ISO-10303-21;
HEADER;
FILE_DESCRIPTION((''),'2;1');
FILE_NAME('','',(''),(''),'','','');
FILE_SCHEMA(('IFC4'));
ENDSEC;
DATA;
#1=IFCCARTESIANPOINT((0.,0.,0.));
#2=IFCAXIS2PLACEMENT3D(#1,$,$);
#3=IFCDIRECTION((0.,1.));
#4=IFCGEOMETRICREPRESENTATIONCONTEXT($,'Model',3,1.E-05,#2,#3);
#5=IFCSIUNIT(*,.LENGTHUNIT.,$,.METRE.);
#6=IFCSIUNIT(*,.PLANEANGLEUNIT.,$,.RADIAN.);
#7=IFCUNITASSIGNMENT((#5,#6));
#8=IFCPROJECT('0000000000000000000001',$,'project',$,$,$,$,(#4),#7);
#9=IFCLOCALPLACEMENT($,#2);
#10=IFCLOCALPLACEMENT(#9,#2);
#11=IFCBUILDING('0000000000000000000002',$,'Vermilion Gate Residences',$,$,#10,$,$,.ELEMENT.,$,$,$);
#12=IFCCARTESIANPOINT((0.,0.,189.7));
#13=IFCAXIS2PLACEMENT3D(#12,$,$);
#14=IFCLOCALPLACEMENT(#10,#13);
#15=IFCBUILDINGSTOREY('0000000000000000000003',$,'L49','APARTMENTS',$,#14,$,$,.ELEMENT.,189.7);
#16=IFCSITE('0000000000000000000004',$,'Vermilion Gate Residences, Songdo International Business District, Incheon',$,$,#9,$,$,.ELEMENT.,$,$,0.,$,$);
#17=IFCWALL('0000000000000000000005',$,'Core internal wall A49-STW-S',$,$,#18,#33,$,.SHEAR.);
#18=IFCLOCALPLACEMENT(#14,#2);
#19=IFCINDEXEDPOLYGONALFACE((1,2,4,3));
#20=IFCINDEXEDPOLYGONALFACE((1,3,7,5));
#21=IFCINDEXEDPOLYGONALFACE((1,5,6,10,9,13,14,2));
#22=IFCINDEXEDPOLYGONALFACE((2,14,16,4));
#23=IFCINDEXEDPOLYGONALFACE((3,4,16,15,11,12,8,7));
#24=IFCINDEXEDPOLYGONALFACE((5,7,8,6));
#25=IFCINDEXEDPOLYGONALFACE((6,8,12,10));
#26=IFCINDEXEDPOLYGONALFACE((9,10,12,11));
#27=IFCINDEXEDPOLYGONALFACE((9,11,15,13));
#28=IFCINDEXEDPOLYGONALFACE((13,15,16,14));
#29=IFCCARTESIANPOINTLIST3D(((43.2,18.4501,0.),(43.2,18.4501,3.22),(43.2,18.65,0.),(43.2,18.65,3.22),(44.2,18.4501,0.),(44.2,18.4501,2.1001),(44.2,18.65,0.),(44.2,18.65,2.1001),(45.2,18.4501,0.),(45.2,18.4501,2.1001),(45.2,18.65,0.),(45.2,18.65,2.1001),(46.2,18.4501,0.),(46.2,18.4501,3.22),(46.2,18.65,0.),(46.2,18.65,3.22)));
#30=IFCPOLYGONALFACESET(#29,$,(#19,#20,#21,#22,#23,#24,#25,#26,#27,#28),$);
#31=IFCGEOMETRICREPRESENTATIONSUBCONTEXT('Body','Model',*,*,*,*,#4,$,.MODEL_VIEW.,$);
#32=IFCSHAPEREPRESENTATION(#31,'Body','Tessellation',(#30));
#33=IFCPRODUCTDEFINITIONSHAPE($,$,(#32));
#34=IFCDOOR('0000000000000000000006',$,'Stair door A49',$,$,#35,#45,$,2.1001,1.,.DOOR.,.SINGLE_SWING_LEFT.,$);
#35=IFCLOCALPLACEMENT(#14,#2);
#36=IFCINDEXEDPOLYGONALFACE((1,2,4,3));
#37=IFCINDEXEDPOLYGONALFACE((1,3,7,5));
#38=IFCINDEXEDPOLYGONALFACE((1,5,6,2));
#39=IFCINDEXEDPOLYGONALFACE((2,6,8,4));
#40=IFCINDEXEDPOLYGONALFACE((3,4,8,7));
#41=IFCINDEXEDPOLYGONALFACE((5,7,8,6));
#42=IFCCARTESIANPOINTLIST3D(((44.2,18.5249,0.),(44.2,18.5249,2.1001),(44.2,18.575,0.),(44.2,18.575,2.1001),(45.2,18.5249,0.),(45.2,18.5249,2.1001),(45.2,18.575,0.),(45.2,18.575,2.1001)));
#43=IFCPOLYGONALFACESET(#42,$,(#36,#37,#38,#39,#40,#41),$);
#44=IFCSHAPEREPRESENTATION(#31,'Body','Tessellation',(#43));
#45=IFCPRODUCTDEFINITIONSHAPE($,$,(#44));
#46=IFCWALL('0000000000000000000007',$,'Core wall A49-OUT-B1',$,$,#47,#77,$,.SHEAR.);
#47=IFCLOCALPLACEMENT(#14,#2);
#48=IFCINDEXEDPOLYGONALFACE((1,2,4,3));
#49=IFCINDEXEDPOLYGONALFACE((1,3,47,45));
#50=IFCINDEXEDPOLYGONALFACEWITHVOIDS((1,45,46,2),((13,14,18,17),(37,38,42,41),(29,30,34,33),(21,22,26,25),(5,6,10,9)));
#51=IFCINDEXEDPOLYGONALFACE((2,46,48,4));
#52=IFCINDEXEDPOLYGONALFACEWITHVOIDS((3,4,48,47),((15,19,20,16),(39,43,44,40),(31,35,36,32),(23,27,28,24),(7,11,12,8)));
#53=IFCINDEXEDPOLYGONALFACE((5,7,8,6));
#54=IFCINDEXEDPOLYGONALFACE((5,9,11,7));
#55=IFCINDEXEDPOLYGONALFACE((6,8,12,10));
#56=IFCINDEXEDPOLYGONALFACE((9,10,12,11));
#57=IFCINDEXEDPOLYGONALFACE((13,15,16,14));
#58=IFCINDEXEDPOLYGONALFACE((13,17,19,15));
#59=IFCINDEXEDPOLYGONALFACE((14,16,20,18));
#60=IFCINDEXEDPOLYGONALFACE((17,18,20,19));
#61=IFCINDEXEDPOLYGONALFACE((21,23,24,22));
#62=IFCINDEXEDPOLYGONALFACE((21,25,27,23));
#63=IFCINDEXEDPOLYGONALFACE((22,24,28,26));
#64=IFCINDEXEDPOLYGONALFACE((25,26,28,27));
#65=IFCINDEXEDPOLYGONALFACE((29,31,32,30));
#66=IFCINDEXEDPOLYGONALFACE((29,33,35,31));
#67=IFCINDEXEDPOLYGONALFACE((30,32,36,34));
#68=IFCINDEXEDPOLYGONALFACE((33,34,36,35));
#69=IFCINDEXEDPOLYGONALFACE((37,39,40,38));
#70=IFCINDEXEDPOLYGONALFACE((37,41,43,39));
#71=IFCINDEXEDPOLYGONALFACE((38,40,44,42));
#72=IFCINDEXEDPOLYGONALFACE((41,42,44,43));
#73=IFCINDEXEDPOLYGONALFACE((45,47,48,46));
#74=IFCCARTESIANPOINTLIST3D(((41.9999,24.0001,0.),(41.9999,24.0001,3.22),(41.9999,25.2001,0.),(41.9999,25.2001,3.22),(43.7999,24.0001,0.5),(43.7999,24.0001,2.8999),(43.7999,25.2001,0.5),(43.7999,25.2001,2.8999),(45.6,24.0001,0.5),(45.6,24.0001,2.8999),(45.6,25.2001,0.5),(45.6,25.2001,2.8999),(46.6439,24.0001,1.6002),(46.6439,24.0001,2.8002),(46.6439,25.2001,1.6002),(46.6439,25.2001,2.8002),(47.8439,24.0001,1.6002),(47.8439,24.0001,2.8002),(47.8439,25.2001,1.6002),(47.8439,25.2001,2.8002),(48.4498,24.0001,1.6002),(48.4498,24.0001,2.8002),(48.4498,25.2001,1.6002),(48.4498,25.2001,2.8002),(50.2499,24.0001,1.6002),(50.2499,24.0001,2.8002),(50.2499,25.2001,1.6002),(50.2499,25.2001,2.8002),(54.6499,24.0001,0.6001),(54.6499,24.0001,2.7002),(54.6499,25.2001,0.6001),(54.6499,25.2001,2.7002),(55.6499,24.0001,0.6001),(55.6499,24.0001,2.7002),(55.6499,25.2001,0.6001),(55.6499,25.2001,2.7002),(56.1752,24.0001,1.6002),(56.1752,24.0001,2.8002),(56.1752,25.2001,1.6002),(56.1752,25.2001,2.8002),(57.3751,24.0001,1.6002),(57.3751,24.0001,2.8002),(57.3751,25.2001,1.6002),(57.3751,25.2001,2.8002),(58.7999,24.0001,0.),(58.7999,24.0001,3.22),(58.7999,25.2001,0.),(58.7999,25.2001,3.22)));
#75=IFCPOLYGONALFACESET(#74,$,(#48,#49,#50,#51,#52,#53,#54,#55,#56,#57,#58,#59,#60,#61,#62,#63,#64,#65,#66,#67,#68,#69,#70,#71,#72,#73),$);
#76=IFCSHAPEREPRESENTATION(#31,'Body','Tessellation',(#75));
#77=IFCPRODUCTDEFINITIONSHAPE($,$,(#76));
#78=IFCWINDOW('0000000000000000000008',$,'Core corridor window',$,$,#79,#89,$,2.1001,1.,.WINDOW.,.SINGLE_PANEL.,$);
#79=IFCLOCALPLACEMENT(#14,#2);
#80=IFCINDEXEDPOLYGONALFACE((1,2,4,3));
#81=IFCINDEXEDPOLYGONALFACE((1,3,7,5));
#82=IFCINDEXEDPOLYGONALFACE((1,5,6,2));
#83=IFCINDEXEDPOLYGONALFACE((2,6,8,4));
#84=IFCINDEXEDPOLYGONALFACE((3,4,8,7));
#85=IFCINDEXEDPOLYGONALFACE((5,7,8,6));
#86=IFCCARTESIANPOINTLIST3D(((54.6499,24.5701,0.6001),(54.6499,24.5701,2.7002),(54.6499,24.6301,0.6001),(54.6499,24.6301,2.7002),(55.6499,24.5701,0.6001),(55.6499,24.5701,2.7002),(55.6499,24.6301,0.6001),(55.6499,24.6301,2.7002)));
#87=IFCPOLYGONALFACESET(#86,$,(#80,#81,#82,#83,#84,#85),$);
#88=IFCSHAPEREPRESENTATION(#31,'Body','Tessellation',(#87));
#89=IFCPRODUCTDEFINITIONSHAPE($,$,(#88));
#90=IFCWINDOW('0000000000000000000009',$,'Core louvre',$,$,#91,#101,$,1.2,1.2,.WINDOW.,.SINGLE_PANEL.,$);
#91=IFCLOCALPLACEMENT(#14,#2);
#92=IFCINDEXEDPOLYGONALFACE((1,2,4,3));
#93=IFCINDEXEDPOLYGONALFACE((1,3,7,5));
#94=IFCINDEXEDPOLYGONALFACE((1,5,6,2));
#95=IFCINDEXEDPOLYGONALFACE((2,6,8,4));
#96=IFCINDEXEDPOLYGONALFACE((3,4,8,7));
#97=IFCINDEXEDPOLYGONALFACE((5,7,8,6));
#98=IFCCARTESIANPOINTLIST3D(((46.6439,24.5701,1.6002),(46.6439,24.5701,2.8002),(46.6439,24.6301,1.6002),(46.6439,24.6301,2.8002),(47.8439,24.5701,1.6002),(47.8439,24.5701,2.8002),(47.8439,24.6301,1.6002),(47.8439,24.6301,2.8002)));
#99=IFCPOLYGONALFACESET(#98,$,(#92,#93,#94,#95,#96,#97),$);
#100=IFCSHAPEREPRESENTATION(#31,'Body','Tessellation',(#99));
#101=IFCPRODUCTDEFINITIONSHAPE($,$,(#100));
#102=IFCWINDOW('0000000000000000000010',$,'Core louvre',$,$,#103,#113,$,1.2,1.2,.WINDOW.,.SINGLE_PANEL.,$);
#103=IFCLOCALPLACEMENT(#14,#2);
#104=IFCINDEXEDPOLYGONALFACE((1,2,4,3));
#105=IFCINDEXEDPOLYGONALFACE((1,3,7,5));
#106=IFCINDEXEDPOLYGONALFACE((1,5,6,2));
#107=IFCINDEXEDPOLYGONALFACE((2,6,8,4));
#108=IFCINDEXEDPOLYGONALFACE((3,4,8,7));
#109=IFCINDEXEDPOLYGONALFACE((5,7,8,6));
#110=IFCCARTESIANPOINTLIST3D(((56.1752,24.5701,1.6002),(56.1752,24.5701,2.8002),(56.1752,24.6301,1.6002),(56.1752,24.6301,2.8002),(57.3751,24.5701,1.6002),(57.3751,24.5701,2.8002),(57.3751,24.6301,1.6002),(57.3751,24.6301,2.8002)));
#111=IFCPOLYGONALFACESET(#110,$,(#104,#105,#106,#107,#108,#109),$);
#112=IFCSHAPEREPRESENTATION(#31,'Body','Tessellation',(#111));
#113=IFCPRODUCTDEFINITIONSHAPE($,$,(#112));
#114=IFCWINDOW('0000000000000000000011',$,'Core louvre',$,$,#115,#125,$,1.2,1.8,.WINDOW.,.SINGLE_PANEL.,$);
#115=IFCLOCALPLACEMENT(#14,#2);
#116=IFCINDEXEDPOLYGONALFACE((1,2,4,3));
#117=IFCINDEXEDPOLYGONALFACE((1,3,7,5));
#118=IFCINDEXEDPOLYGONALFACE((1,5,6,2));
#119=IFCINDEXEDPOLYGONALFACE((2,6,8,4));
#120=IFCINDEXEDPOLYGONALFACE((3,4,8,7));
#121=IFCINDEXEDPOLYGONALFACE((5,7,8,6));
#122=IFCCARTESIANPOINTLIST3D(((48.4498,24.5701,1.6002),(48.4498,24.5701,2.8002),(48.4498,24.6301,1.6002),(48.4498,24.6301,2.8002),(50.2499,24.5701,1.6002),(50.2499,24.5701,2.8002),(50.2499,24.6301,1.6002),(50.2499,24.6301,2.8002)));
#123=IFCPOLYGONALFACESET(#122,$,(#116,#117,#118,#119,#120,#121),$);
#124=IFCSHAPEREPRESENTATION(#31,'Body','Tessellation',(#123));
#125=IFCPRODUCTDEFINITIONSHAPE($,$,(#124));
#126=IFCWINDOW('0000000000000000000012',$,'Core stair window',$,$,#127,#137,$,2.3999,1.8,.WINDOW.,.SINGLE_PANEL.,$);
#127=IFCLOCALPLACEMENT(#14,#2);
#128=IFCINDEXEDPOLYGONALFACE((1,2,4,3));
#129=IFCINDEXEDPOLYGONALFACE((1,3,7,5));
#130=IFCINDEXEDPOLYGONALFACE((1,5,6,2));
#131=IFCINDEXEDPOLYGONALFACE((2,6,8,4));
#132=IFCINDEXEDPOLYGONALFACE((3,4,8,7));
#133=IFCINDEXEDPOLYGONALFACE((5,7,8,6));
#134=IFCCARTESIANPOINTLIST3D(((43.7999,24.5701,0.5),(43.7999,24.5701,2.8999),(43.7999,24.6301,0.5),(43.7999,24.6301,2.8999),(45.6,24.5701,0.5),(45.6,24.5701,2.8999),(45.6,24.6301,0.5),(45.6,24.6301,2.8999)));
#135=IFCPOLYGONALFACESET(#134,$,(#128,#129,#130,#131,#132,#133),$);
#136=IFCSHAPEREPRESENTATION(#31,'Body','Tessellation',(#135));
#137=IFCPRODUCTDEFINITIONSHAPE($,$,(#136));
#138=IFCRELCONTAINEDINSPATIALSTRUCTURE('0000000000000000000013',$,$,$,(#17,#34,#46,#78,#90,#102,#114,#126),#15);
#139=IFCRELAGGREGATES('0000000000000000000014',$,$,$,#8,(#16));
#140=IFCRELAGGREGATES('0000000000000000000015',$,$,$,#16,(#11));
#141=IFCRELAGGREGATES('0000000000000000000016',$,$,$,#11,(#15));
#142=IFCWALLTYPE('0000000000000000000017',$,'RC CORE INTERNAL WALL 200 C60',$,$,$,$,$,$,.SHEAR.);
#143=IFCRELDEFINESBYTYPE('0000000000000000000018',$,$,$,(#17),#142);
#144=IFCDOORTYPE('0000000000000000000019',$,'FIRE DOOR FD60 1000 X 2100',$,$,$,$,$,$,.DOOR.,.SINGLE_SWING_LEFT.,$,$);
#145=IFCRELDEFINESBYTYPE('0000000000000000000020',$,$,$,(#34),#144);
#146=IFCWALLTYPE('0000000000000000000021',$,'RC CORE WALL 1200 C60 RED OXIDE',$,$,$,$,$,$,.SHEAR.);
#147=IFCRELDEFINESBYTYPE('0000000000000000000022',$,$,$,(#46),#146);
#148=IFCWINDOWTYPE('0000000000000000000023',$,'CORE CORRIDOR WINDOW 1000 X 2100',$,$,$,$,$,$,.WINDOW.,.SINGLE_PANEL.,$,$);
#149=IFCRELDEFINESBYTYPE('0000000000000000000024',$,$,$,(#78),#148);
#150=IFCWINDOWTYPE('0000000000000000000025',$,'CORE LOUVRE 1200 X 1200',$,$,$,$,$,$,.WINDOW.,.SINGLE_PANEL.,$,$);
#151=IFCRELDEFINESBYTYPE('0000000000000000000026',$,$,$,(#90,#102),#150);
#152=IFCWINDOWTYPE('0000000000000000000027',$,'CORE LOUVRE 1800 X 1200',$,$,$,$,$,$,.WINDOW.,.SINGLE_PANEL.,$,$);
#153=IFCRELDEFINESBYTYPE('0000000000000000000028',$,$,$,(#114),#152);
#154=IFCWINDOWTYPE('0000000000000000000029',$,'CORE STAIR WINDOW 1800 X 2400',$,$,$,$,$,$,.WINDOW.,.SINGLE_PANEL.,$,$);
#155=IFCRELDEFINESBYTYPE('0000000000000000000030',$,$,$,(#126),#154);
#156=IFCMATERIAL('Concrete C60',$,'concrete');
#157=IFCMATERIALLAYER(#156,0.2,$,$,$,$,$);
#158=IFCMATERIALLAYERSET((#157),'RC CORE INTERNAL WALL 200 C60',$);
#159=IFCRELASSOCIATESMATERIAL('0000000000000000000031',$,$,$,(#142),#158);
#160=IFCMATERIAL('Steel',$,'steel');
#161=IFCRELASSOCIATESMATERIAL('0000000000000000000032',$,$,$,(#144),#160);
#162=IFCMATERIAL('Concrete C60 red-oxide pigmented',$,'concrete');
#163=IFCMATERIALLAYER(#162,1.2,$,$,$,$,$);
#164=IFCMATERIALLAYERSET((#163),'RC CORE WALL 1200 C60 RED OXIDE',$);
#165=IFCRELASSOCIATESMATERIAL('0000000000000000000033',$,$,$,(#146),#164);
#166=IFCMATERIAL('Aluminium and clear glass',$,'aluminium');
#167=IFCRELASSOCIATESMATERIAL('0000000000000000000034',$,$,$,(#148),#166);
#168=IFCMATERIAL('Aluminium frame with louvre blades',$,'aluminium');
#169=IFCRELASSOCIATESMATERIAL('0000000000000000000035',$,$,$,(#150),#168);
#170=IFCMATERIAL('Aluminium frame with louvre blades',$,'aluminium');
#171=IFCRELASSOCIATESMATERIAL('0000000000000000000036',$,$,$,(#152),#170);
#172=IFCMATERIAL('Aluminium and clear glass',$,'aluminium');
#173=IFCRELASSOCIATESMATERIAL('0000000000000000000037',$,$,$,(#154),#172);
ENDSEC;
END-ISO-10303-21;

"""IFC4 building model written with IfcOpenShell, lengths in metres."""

from ifc_helpers import new_model, si_unit, direction, frame, frame_2d, origin, place, context, subcontext, project, spatial, rectangle, extrude, material, layer, layer_set, type_object, element, fill, save


model = new_model("IFC4")

# Units and contexts
model_context = context("Model", 3, precision=1e-05, world=origin(), true_north=direction((0.0, 1.0)))
body_context = subcontext(model_context, "Body", "Model", "MODEL_VIEW")
ifc_project = project(units=[si_unit("LENGTHUNIT", "METRE"), si_unit("PLANEANGLEUNIT", "RADIAN")], contexts=[model_context])

# Site, building, storey
site_placement = place(None, origin())
site = spatial("IfcSite", under=ifc_project, at=site_placement, Name="Vermilion Gate Residences, Songdo International Business District, Incheon", CompositionType="ELEMENT", RefElevation=0.0)
building_placement = place(site_placement, origin())
building = spatial("IfcBuilding", under=site, at=building_placement, Name="Vermilion Gate Residences", CompositionType="ELEMENT")
storey_placement = place(building_placement, frame((0.0, 0.0, 189.7)))
storey = spatial("IfcBuildingStorey", under=building, at=storey_placement, Name="L49", Description="APARTMENTS", CompositionType="ELEMENT", Elevation=189.7)

# Shared definitions
ifc_material_1 = material(Name="Concrete C60", Category="concrete")
ifc_layer_1 = layer(ifc_material_1, 0.2)
ifc_layer_set_1 = layer_set([ifc_layer_1], Name="RC CORE INTERNAL WALL 200 C60")
wall_type_1 = type_object("IfcWallType", Name="RC CORE INTERNAL WALL 200 C60", PredefinedType="SHEAR", material=ifc_layer_set_1)

# Wall, opening, door
wall_1_placement = place(storey_placement, frame((43.2, 18.55, 0.0), z_axis=(0.0, 0.0, 1.0), x_axis=(1.0, 0.0, 0.0)))
wall_1 = element("IfcWall", 1, at=wall_1_placement, inside=storey, type_object=wall_type_1, Name="Core internal wall A49-STW-S", PredefinedType="SHEAR", context=body_context, shape_type="SweptSolid", body=[
    extrude(rectangle(XDim=3.0, YDim=0.2, at=frame_2d((1.5, 0.0))), origin(), (0.0, 0.0, 1.0), 3.22),
])
opening_1_placement = place(wall_1_placement, frame((1.0, 0.0, 0.0)))
opening_1 = element("IfcOpeningElement", 2, at=opening_1_placement, cuts=wall_1, PredefinedType="OPENING", context=body_context, shape_type="SweptSolid", body=[
    extrude(rectangle(XDim=1.0, YDim=2.1001, at=frame_2d((0.5, 1.05))), frame((0.0, 0.1099, 0.0), z_axis=(0.0, -1.0, 0.0), x_axis=(1.0, 0.0, 0.0)), (0.0, 0.0, 1.0), 0.22),
])
ifc_material_2 = material(Name="Steel", Category="steel")
door_type_1 = type_object("IfcDoorType", Name="FIRE DOOR FD60 1000 X 2100", OperationType="SINGLE_SWING_LEFT", PredefinedType="DOOR", material=ifc_material_2)
door_1_placement = place(opening_1_placement, origin())
door_1 = element("IfcDoor", 3, at=door_1_placement, inside=storey, type_object=door_type_1, Name="Stair door A49", OperationType="SINGLE_SWING_LEFT", OverallHeight=2.1001, OverallWidth=1.0, PredefinedType="DOOR", context=body_context, shape_type="SweptSolid", body=[
    extrude(rectangle(XDim=1.0, YDim=2.1001, at=frame_2d((0.5, 1.05))), frame((0.0, 0.0249, 0.0), z_axis=(0.0, -1.0, 0.0), x_axis=(1.0, 0.0, 0.0)), (0.0, 0.0, 1.0), 0.05),
])
fill(opening_1, door_1)

# Wall, openings, windows
ifc_material_3 = material(Name="Concrete C60 red-oxide pigmented", Category="concrete")
ifc_layer_2 = layer(ifc_material_3, 1.2)
ifc_layer_set_2 = layer_set([ifc_layer_2], Name="RC CORE WALL 1200 C60 RED OXIDE")
wall_type_2 = type_object("IfcWallType", Name="RC CORE WALL 1200 C60 RED OXIDE", PredefinedType="SHEAR", material=ifc_layer_set_2)
wall_2_placement = place(storey_placement, frame((42.0, 24.6001, 0.0), z_axis=(0.0, 0.0, 1.0), x_axis=(1.0, 0.0, 0.0)))
wall_2 = element("IfcWall", 4, at=wall_2_placement, inside=storey, type_object=wall_type_2, Name="Core wall A49-OUT-B1", PredefinedType="SHEAR", context=body_context, shape_type="SweptSolid", body=[
    extrude(rectangle(XDim=16.8, YDim=1.2, at=frame_2d((8.3999, 0.0))), origin(), (0.0, 0.0, 1.0), 3.22),
])
opening_2_placement = place(wall_2_placement, frame((1.8, 0.0, 0.5)))
opening_2 = element("IfcOpeningElement", 5, at=opening_2_placement, cuts=wall_2, PredefinedType="OPENING", context=body_context, shape_type="SweptSolid", body=[
    extrude(rectangle(XDim=1.8, YDim=2.3999, at=frame_2d((0.8999, 1.2))), frame((0.0, 0.6099, 0.0), z_axis=(0.0, -1.0, 0.0), x_axis=(1.0, 0.0, 0.0)), (0.0, 0.0, 1.0), 1.22),
])
opening_3_placement = place(wall_2_placement, frame((4.6438, 0.0, 1.6001)))
opening_3 = element("IfcOpeningElement", 6, at=opening_3_placement, cuts=wall_2, PredefinedType="OPENING", context=body_context, shape_type="SweptSolid", body=[
    extrude(rectangle(XDim=1.2, YDim=1.2, at=frame_2d((0.6001, 0.6001))), frame((0.0, 0.6099, 0.0), z_axis=(0.0, -1.0, 0.0), x_axis=(1.0, 0.0, 0.0)), (0.0, 0.0, 1.0), 1.22),
])
opening_4_placement = place(wall_2_placement, frame((6.45, 0.0, 1.6001)))
opening_4 = element("IfcOpeningElement", 7, at=opening_4_placement, cuts=wall_2, PredefinedType="OPENING", context=body_context, shape_type="SweptSolid", body=[
    extrude(rectangle(XDim=1.8, YDim=1.2, at=frame_2d((0.8999, 0.6001))), frame((0.0, 0.6099, 0.0), z_axis=(0.0, -1.0, 0.0), x_axis=(1.0, 0.0, 0.0)), (0.0, 0.0, 1.0), 1.22),
])
opening_5_placement = place(wall_2_placement, frame((12.6499, 0.0, 0.6001)))
opening_5 = element("IfcOpeningElement", 8, at=opening_5_placement, cuts=wall_2, PredefinedType="OPENING", context=body_context, shape_type="SweptSolid", body=[
    extrude(rectangle(XDim=1.0, YDim=2.1001, at=frame_2d((0.5, 1.05))), frame((0.0, 0.6099, 0.0), z_axis=(0.0, -1.0, 0.0), x_axis=(1.0, 0.0, 0.0)), (0.0, 0.0, 1.0), 1.22),
])
opening_6_placement = place(wall_2_placement, frame((14.175, 0.0, 1.6001)))
opening_6 = element("IfcOpeningElement", 9, at=opening_6_placement, cuts=wall_2, PredefinedType="OPENING", context=body_context, shape_type="SweptSolid", body=[
    extrude(rectangle(XDim=1.2, YDim=1.2, at=frame_2d((0.6001, 0.6001))), frame((0.0, 0.6099, 0.0), z_axis=(0.0, -1.0, 0.0), x_axis=(1.0, 0.0, 0.0)), (0.0, 0.0, 1.0), 1.22),
])
ifc_material_4 = material(Name="Aluminium and clear glass", Category="aluminium")
window_type_1 = type_object("IfcWindowType", Name="CORE CORRIDOR WINDOW 1000 X 2100", PartitioningType="SINGLE_PANEL", PredefinedType="WINDOW", material=ifc_material_4)
window_1_placement = place(opening_5_placement, origin())
window_1 = element("IfcWindow", 10, at=window_1_placement, inside=storey, type_object=window_type_1, Name="Core corridor window", OverallHeight=2.1001, OverallWidth=1.0, PartitioningType="SINGLE_PANEL", PredefinedType="WINDOW", context=body_context, shape_type="SweptSolid", body=[
    extrude(rectangle(XDim=1.0, YDim=2.1001, at=frame_2d((0.5, 1.05))), frame((0.0, 0.03, 0.0), z_axis=(0.0, -1.0, 0.0), x_axis=(1.0, 0.0, 0.0)), (0.0, 0.0, 1.0), 0.0601),
])
fill(opening_5, window_1)
ifc_material_5 = material(Name="Aluminium frame with louvre blades", Category="aluminium")
window_type_2 = type_object("IfcWindowType", Name="CORE LOUVRE 1200 X 1200", PartitioningType="SINGLE_PANEL", PredefinedType="WINDOW", material=ifc_material_5)
window_2_placement = place(opening_3_placement, origin())
window_2 = element("IfcWindow", 11, at=window_2_placement, inside=storey, type_object=window_type_2, Name="Core louvre", OverallHeight=1.2, OverallWidth=1.2, PartitioningType="SINGLE_PANEL", PredefinedType="WINDOW", context=body_context, shape_type="SweptSolid", body=[
    extrude(rectangle(XDim=1.2, YDim=1.2, at=frame_2d((0.6001, 0.6001))), frame((0.0, 0.03, 0.0), z_axis=(0.0, -1.0, 0.0), x_axis=(1.0, 0.0, 0.0)), (0.0, 0.0, 1.0), 0.0601),
])
fill(opening_3, window_2)
window_3_placement = place(opening_6_placement, origin())
window_3 = element("IfcWindow", 12, at=window_3_placement, inside=storey, type_object=window_type_2, Name="Core louvre", OverallHeight=1.2, OverallWidth=1.2, PartitioningType="SINGLE_PANEL", PredefinedType="WINDOW", context=body_context, shape_type="SweptSolid", body=[
    extrude(rectangle(XDim=1.2, YDim=1.2, at=frame_2d((0.6001, 0.6001))), frame((0.0, 0.03, 0.0), z_axis=(0.0, -1.0, 0.0), x_axis=(1.0, 0.0, 0.0)), (0.0, 0.0, 1.0), 0.0601),
])
fill(opening_6, window_3)
ifc_material_6 = material(Name="Aluminium frame with louvre blades", Category="aluminium")
window_type_3 = type_object("IfcWindowType", Name="CORE LOUVRE 1800 X 1200", PartitioningType="SINGLE_PANEL", PredefinedType="WINDOW", material=ifc_material_6)
window_4_placement = place(opening_4_placement, origin())
window_4 = element("IfcWindow", 13, at=window_4_placement, inside=storey, type_object=window_type_3, Name="Core louvre", OverallHeight=1.2, OverallWidth=1.8, PartitioningType="SINGLE_PANEL", PredefinedType="WINDOW", context=body_context, shape_type="SweptSolid", body=[
    extrude(rectangle(XDim=1.8, YDim=1.2, at=frame_2d((0.8999, 0.6001))), frame((0.0, 0.03, 0.0), z_axis=(0.0, -1.0, 0.0), x_axis=(1.0, 0.0, 0.0)), (0.0, 0.0, 1.0), 0.0601),
])
fill(opening_4, window_4)
ifc_material_7 = material(Name="Aluminium and clear glass", Category="aluminium")
window_type_4 = type_object("IfcWindowType", Name="CORE STAIR WINDOW 1800 X 2400", PartitioningType="SINGLE_PANEL", PredefinedType="WINDOW", material=ifc_material_7)
window_5_placement = place(opening_2_placement, origin())
window_5 = element("IfcWindow", 14, at=window_5_placement, inside=storey, type_object=window_type_4, Name="Core stair window", OverallHeight=2.3999, OverallWidth=1.8, PartitioningType="SINGLE_PANEL", PredefinedType="WINDOW", context=body_context, shape_type="SweptSolid", body=[
    extrude(rectangle(XDim=1.8, YDim=2.3999, at=frame_2d((0.8999, 1.2))), frame((0.0, 0.03, 0.0), z_axis=(0.0, -1.0, 0.0), x_axis=(1.0, 0.0, 0.0)), (0.0, 0.0, 1.0), 0.0601),
])
fill(opening_2, window_5)

save(model, "model.ifc")
